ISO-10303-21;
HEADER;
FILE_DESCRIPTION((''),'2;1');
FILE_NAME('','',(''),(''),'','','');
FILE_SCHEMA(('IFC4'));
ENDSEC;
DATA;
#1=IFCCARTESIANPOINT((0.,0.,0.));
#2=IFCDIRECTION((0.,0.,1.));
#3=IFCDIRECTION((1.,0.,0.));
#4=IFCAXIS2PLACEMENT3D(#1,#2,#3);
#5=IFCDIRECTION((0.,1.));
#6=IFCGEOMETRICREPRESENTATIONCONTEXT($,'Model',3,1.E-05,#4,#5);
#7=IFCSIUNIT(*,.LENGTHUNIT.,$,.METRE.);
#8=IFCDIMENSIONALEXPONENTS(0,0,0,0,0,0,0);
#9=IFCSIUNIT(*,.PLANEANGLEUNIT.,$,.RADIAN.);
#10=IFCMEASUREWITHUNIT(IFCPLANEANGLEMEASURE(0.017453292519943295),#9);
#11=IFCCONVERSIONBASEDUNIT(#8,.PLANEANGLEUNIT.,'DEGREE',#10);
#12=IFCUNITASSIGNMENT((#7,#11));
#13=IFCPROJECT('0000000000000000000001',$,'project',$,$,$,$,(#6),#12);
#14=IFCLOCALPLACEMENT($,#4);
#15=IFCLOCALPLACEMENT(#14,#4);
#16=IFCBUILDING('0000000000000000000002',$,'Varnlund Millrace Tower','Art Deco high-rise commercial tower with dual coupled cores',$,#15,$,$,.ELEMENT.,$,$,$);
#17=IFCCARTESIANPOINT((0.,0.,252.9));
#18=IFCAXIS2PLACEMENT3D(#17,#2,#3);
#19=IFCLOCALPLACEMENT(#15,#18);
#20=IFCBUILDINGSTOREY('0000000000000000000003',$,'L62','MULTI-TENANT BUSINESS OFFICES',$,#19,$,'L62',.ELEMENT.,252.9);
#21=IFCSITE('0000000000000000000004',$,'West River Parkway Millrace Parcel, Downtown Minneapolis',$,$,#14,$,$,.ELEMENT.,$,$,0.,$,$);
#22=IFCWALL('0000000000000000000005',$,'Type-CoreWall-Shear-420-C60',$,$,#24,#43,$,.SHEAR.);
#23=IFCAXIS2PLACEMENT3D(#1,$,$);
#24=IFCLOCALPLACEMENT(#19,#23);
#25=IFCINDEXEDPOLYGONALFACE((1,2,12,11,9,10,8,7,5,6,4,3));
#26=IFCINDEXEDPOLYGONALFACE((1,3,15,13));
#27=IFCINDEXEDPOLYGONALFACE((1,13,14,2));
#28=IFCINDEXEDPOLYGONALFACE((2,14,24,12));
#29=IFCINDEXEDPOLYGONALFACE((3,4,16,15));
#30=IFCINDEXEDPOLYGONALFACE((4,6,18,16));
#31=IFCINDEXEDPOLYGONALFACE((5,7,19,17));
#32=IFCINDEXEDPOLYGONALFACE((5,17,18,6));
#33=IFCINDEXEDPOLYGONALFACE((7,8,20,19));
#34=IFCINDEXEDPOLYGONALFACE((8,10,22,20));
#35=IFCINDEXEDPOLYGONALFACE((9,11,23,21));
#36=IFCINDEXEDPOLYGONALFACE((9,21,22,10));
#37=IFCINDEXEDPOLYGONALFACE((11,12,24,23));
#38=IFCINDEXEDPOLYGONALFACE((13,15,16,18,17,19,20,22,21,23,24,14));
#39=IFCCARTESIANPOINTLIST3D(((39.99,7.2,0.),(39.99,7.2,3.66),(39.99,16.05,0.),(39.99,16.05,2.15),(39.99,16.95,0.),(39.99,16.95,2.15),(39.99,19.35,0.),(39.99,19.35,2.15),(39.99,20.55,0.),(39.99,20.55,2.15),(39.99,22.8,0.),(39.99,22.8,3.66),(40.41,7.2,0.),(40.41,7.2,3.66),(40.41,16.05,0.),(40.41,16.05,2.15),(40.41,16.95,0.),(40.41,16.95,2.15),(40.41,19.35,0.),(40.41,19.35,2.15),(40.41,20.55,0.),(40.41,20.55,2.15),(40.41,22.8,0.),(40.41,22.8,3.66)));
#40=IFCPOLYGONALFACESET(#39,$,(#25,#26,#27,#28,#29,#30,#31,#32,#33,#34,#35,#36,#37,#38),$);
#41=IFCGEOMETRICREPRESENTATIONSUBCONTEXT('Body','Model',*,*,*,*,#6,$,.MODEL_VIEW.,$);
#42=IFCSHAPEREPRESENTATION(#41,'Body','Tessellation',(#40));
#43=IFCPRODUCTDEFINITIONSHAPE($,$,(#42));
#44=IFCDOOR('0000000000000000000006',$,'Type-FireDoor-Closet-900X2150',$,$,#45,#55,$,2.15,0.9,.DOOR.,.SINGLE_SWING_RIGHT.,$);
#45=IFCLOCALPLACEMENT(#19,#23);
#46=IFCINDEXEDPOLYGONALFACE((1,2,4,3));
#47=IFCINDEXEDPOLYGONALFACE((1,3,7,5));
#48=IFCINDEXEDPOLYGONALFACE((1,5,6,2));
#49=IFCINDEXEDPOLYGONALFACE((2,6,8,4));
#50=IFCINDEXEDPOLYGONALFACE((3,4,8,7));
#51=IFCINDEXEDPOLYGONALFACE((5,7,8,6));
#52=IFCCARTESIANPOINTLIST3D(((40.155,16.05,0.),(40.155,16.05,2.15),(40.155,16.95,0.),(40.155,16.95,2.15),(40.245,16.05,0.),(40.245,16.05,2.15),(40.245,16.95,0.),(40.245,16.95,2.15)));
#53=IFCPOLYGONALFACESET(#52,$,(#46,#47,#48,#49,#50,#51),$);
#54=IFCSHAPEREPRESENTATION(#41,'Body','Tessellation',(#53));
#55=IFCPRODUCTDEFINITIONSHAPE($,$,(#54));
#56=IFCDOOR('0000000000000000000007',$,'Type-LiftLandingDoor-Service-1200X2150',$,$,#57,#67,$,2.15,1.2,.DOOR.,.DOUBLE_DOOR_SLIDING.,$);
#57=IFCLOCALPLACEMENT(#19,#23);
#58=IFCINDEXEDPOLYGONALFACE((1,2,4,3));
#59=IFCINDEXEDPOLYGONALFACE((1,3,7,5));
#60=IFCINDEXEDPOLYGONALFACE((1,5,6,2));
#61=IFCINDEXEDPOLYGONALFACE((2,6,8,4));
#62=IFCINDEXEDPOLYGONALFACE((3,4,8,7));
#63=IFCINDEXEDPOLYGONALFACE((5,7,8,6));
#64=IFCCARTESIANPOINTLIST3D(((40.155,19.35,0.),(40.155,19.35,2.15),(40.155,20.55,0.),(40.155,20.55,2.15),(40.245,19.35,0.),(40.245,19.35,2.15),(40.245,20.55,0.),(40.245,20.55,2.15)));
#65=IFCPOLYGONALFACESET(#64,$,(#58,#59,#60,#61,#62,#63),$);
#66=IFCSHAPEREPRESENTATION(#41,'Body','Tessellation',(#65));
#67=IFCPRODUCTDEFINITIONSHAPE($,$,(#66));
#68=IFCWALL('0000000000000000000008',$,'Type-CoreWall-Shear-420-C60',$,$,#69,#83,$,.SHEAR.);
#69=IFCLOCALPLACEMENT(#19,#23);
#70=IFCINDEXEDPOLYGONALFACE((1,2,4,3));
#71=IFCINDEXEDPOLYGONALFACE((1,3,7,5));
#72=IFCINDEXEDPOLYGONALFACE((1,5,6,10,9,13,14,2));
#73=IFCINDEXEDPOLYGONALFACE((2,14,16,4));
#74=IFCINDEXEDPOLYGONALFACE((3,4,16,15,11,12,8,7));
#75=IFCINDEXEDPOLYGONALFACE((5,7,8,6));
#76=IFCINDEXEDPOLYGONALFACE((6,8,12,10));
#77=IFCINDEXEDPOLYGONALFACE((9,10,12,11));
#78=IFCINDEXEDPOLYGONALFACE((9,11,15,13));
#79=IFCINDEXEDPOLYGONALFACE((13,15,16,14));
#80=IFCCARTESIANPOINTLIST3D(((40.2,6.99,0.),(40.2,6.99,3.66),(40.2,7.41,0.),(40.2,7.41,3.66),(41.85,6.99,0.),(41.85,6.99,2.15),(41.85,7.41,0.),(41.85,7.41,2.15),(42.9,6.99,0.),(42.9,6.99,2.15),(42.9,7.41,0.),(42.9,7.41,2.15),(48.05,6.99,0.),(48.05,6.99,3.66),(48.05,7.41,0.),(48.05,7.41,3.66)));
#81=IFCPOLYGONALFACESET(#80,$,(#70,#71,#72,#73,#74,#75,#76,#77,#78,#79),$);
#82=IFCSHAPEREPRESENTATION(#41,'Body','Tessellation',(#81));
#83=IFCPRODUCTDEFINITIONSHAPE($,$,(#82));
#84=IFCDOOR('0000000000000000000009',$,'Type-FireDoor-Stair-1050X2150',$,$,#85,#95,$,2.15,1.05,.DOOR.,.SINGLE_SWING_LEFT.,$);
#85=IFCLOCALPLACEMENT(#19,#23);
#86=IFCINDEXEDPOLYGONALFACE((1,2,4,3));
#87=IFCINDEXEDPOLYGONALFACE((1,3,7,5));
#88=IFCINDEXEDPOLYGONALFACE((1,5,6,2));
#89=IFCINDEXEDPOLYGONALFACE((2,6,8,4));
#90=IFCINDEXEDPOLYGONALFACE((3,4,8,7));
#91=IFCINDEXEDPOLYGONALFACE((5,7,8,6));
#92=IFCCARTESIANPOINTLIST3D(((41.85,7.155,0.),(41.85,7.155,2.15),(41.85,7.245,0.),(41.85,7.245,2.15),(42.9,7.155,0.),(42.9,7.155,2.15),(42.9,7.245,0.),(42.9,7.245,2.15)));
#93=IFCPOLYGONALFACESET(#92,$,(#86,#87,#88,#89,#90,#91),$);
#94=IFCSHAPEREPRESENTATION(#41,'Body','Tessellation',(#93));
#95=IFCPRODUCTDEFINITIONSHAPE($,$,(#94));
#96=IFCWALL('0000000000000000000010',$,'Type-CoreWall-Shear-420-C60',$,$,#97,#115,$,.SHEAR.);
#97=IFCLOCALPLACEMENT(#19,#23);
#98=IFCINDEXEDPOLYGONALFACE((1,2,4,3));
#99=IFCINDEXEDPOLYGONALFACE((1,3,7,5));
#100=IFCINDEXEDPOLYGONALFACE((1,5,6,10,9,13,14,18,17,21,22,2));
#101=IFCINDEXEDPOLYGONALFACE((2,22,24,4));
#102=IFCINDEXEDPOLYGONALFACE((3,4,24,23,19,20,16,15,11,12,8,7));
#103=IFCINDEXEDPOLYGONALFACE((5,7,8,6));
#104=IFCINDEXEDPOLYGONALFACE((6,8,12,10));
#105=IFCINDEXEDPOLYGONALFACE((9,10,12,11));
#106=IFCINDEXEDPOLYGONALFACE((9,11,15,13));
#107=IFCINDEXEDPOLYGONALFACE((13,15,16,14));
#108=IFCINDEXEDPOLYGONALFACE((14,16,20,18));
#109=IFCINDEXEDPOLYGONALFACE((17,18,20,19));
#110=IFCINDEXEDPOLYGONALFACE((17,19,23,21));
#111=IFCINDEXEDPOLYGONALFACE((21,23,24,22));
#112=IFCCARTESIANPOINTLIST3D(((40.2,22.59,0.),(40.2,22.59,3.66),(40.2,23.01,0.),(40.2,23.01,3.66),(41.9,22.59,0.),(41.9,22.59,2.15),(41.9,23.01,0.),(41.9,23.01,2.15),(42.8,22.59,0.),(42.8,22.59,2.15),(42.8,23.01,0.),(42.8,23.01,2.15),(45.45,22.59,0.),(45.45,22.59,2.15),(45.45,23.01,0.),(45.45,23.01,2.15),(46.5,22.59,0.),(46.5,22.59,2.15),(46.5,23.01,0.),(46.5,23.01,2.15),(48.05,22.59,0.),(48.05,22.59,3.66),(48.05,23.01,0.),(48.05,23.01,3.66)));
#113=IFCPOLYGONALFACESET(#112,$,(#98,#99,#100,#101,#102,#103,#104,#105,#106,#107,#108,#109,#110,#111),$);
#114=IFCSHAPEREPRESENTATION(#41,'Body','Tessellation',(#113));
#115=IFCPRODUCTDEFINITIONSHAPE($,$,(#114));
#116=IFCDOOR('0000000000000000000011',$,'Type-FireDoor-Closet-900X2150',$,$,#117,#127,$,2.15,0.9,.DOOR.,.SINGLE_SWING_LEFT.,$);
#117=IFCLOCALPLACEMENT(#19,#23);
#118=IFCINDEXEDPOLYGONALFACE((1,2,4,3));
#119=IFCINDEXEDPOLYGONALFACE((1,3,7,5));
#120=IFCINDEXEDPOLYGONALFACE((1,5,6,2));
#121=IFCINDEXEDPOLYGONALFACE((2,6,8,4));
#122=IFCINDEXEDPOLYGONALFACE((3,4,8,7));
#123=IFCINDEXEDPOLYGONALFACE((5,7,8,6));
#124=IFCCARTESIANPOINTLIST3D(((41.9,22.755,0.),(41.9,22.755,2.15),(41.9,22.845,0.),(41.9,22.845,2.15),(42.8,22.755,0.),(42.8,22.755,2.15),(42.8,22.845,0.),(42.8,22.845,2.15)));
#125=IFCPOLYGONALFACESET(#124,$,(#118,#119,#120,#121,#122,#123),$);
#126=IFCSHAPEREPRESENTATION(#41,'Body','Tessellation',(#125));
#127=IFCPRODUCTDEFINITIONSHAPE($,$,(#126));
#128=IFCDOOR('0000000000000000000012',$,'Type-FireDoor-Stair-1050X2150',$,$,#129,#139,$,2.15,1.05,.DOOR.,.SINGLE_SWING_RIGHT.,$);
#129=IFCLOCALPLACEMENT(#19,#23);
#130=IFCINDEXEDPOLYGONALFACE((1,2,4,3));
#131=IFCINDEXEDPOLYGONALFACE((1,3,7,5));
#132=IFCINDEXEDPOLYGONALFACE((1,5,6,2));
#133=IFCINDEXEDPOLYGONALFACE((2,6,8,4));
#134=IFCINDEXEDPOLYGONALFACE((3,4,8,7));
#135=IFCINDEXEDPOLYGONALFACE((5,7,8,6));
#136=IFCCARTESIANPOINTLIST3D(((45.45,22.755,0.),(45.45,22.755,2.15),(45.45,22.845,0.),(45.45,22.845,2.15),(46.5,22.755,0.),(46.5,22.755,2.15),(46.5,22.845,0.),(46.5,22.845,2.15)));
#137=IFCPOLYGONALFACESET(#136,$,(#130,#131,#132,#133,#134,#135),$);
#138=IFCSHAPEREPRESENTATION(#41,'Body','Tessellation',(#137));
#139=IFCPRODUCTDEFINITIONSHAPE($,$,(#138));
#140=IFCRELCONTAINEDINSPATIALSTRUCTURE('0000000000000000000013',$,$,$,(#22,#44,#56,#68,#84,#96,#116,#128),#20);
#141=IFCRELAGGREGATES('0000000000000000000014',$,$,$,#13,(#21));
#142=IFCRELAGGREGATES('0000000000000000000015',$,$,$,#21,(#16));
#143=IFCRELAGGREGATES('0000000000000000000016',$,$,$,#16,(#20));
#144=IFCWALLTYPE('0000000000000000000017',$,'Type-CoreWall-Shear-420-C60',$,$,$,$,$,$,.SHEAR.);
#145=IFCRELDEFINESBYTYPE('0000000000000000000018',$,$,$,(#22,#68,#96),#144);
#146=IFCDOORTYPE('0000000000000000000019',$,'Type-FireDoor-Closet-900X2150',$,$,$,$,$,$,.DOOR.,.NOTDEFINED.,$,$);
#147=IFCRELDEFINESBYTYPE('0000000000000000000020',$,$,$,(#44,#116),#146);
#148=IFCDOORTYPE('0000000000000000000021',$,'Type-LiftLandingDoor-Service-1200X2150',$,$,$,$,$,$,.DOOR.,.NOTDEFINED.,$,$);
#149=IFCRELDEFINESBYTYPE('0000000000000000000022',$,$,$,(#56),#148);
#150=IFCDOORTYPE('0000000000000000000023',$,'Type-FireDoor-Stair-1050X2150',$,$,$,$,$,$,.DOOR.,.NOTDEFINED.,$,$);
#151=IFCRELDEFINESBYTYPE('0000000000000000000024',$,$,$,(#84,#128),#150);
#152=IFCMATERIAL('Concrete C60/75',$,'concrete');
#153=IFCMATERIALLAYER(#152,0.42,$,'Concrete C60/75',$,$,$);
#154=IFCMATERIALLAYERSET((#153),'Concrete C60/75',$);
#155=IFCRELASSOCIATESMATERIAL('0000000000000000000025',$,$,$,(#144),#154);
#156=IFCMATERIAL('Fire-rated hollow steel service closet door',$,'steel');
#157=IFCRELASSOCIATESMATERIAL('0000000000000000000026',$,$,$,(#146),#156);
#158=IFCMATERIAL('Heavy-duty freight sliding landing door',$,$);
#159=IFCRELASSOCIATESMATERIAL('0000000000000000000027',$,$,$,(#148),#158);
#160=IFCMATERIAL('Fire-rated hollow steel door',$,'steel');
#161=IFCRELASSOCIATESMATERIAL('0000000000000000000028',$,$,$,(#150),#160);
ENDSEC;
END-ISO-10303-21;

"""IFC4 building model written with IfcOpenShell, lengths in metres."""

from ifc_helpers import new_model, entity, si_unit, converted_unit, direction, frame, origin_with_axes, origin_2d_with_axis, place, context, subcontext, project, spatial, polyline, rectangle, outline, extrude, material, layer, layer_set, type_object, element, fill, save


model = new_model("IFC4")

# Units and contexts
model_context = context("Model", 3, precision=1e-05, world=origin_with_axes(), true_north=direction((0.0, 1.0)))
body_context = subcontext(model_context, "Body", "Model", "MODEL_VIEW")
ifc_project = project(units=[si_unit("LENGTHUNIT", "METRE"), converted_unit("PLANEANGLEUNIT", "DEGREE", entity("IfcPlaneAngleMeasure", 0.017453292519943295), si_unit("PLANEANGLEUNIT", "RADIAN"), dimensions=[0, 0, 0, 0, 0, 0, 0])], contexts=[model_context])

# Site, building, storey
site_placement = place(None, origin_with_axes())
site = spatial("IfcSite", under=ifc_project, at=site_placement, Name="West River Parkway Millrace Parcel, Downtown Minneapolis", CompositionType="ELEMENT", RefElevation=0.0)
building_placement = place(site_placement, origin_with_axes())
building = spatial("IfcBuilding", under=site, at=building_placement, Name="Varnlund Millrace Tower", Description="Art Deco high-rise commercial tower with dual coupled cores", CompositionType="ELEMENT")
storey_placement = place(building_placement, frame((0.0, 0.0, 252.9), z_axis=(0.0, 0.0, 1.0), x_axis=(1.0, 0.0, 0.0)))
storey = spatial("IfcBuildingStorey", under=building, at=storey_placement, Name="L62", Description="MULTI-TENANT BUSINESS OFFICES", LongName="L62", CompositionType="ELEMENT", Elevation=252.9)

# Wall, openings, doors
ifc_material_1 = material(Name="Concrete C60/75", Category="concrete")
ifc_layer_1 = layer(ifc_material_1, 0.42, Name="Concrete C60/75")
ifc_layer_set_1 = layer_set([ifc_layer_1], Name="Concrete C60/75")
wall_type_1 = type_object("IfcWallType", Name="Type-CoreWall-Shear-420-C60", PredefinedType="SHEAR", material=ifc_layer_set_1)
wall_1_placement = place(storey_placement, frame((40.2, 7.2, 0.0), z_axis=(0.0, 0.0, 1.0), x_axis=(0.0, 1.0, 0.0)))
wall_1 = element("IfcWall", 1, at=wall_1_placement, inside=storey, type_object=wall_type_1, Name="Type-CoreWall-Shear-420-C60", PredefinedType="SHEAR", context=body_context, shape_type="SweptSolid", body=[
    extrude(outline(polyline([(0.0, -0.21), (15.6, -0.21), (15.6, 0.21), (0.0, 0.21), (0.0, -0.21)])), origin_with_axes(), (0.0, 0.0, 1.0), 3.66),
])
opening_1_placement = place(wall_1_placement, frame((12.75, 0.0, 0.0), z_axis=(0.0, 0.0, 1.0), x_axis=(1.0, 0.0, 0.0)))
opening_1 = element("IfcOpeningElement", 2, at=opening_1_placement, cuts=wall_1, PredefinedType="OPENING", context=body_context, shape_type="SweptSolid", body=[
    extrude(rectangle(XDim=1.2, YDim=0.44, at=origin_2d_with_axis()), origin_with_axes(), (0.0, 0.0, 1.0), 2.15),
])
opening_2_placement = place(wall_1_placement, frame((9.3, 0.0, 0.0), z_axis=(0.0, 0.0, 1.0), x_axis=(1.0, 0.0, 0.0)))
opening_2 = element("IfcOpeningElement", 3, at=opening_2_placement, cuts=wall_1, PredefinedType="OPENING", context=body_context, shape_type="SweptSolid", body=[
    extrude(rectangle(XDim=0.9, YDim=0.44, at=origin_2d_with_axis()), origin_with_axes(), (0.0, 0.0, 1.0), 2.15),
])
ifc_material_2 = material(Name="Fire-rated hollow steel service closet door", Category="steel")
door_type_1 = type_object("IfcDoorType", Name="Type-FireDoor-Closet-900X2150", OperationType="NOTDEFINED", PredefinedType="DOOR", material=ifc_material_2)
door_1_placement = place(wall_1_placement, frame((9.3, 0.0, 0.0), z_axis=(0.0, 0.0, 1.0), x_axis=(1.0, 0.0, 0.0)))
door_1 = element("IfcDoor", 4, at=door_1_placement, inside=storey, type_object=door_type_1, Name="Type-FireDoor-Closet-900X2150", OperationType="SINGLE_SWING_RIGHT", OverallHeight=2.15, OverallWidth=0.9, PredefinedType="DOOR", context=body_context, shape_type="SweptSolid", body=[
    extrude(rectangle(XDim=0.9, YDim=0.09, at=origin_2d_with_axis()), origin_with_axes(), (0.0, 0.0, 1.0), 2.15),
])
fill(opening_2, door_1)
ifc_material_3 = material(Name="Heavy-duty freight sliding landing door")
door_type_2 = type_object("IfcDoorType", Name="Type-LiftLandingDoor-Service-1200X2150", OperationType="NOTDEFINED", PredefinedType="DOOR", material=ifc_material_3)
door_2_placement = place(wall_1_placement, frame((12.75, 0.0, 0.0), z_axis=(0.0, 0.0, 1.0), x_axis=(1.0, 0.0, 0.0)))
door_2 = element("IfcDoor", 5, at=door_2_placement, inside=storey, type_object=door_type_2, Name="Type-LiftLandingDoor-Service-1200X2150", OperationType="DOUBLE_DOOR_SLIDING", OverallHeight=2.15, OverallWidth=1.2, PredefinedType="DOOR", context=body_context, shape_type="SweptSolid", body=[
    extrude(rectangle(XDim=1.2, YDim=0.09, at=origin_2d_with_axis()), origin_with_axes(), (0.0, 0.0, 1.0), 2.15),
])
fill(opening_1, door_2)

# Wall, opening, door
wall_2_placement = place(storey_placement, frame((40.2, 7.2, 0.0), z_axis=(0.0, 0.0, 1.0), x_axis=(1.0, 0.0, 0.0)))
wall_2 = element("IfcWall", 6, at=wall_2_placement, inside=storey, type_object=wall_type_1, Name="Type-CoreWall-Shear-420-C60", PredefinedType="SHEAR", context=body_context, shape_type="SweptSolid", body=[
    extrude(outline(polyline([(0.0, -0.21), (7.85, -0.21), (7.85, 0.21), (0.0, 0.21), (0.0, -0.21)])), origin_with_axes(), (0.0, 0.0, 1.0), 3.66),
])
opening_3_placement = place(wall_2_placement, frame((2.175, 0.0, 0.0), z_axis=(0.0, 0.0, 1.0), x_axis=(1.0, 0.0, 0.0)))
opening_3 = element("IfcOpeningElement", 7, at=opening_3_placement, cuts=wall_2, PredefinedType="OPENING", context=body_context, shape_type="SweptSolid", body=[
    extrude(rectangle(XDim=1.05, YDim=0.44, at=origin_2d_with_axis()), origin_with_axes(), (0.0, 0.0, 1.0), 2.15),
])
ifc_material_4 = material(Name="Fire-rated hollow steel door", Category="steel")
door_type_3 = type_object("IfcDoorType", Name="Type-FireDoor-Stair-1050X2150", OperationType="NOTDEFINED", PredefinedType="DOOR", material=ifc_material_4)
door_3_placement = place(wall_2_placement, frame((2.175, 0.0, 0.0), z_axis=(0.0, 0.0, 1.0), x_axis=(1.0, 0.0, 0.0)))
door_3 = element("IfcDoor", 8, at=door_3_placement, inside=storey, type_object=door_type_3, Name="Type-FireDoor-Stair-1050X2150", OperationType="SINGLE_SWING_LEFT", OverallHeight=2.15, OverallWidth=1.05, PredefinedType="DOOR", context=body_context, shape_type="SweptSolid", body=[
    extrude(rectangle(XDim=1.05, YDim=0.09, at=origin_2d_with_axis()), origin_with_axes(), (0.0, 0.0, 1.0), 2.15),
])
fill(opening_3, door_3)

# Wall, openings, doors
wall_3_placement = place(storey_placement, frame((40.2, 22.8, 0.0), z_axis=(0.0, 0.0, 1.0), x_axis=(1.0, 0.0, 0.0)))
wall_3 = element("IfcWall", 9, at=wall_3_placement, inside=storey, type_object=wall_type_1, Name="Type-CoreWall-Shear-420-C60", PredefinedType="SHEAR", context=body_context, shape_type="SweptSolid", body=[
    extrude(outline(polyline([(0.0, -0.21), (7.85, -0.21), (7.85, 0.21), (0.0, 0.21), (0.0, -0.21)])), origin_with_axes(), (0.0, 0.0, 1.0), 3.66),
])
opening_4_placement = place(wall_3_placement, frame((5.775, 0.0, 0.0), z_axis=(0.0, 0.0, 1.0), x_axis=(1.0, 0.0, 0.0)))
opening_4 = element("IfcOpeningElement", 10, at=opening_4_placement, cuts=wall_3, PredefinedType="OPENING", context=body_context, shape_type="SweptSolid", body=[
    extrude(rectangle(XDim=1.05, YDim=0.44, at=origin_2d_with_axis()), origin_with_axes(), (0.0, 0.0, 1.0), 2.15),
])
opening_5_placement = place(wall_3_placement, frame((2.15, 0.0, 0.0), z_axis=(0.0, 0.0, 1.0), x_axis=(1.0, 0.0, 0.0)))
opening_5 = element("IfcOpeningElement", 11, at=opening_5_placement, cuts=wall_3, PredefinedType="OPENING", context=body_context, shape_type="SweptSolid", body=[
    extrude(rectangle(XDim=0.9, YDim=0.44, at=origin_2d_with_axis()), origin_with_axes(), (0.0, 0.0, 1.0), 2.15),
])
door_4_placement = place(wall_3_placement, frame((2.15, 0.0, 0.0), z_axis=(0.0, 0.0, 1.0), x_axis=(1.0, 0.0, 0.0)))
door_4 = element("IfcDoor", 12, at=door_4_placement, inside=storey, type_object=door_type_1, Name="Type-FireDoor-Closet-900X2150", OperationType="SINGLE_SWING_LEFT", OverallHeight=2.15, OverallWidth=0.9, PredefinedType="DOOR", context=body_context, shape_type="SweptSolid", body=[
    extrude(rectangle(XDim=0.9, YDim=0.09, at=origin_2d_with_axis()), origin_with_axes(), (0.0, 0.0, 1.0), 2.15),
])
fill(opening_5, door_4)
door_5_placement = place(wall_3_placement, frame((5.775, 0.0, 0.0), z_axis=(0.0, 0.0, 1.0), x_axis=(1.0, 0.0, 0.0)))
door_5 = element("IfcDoor", 13, at=door_5_placement, inside=storey, type_object=door_type_3, Name="Type-FireDoor-Stair-1050X2150", OperationType="SINGLE_SWING_RIGHT", OverallHeight=2.15, OverallWidth=1.05, PredefinedType="DOOR", context=body_context, shape_type="SweptSolid", body=[
    extrude(rectangle(XDim=1.05, YDim=0.09, at=origin_2d_with_axis()), origin_with_axes(), (0.0, 0.0, 1.0), 2.15),
])
fill(opening_4, door_5)

save(model, "model.ifc")
